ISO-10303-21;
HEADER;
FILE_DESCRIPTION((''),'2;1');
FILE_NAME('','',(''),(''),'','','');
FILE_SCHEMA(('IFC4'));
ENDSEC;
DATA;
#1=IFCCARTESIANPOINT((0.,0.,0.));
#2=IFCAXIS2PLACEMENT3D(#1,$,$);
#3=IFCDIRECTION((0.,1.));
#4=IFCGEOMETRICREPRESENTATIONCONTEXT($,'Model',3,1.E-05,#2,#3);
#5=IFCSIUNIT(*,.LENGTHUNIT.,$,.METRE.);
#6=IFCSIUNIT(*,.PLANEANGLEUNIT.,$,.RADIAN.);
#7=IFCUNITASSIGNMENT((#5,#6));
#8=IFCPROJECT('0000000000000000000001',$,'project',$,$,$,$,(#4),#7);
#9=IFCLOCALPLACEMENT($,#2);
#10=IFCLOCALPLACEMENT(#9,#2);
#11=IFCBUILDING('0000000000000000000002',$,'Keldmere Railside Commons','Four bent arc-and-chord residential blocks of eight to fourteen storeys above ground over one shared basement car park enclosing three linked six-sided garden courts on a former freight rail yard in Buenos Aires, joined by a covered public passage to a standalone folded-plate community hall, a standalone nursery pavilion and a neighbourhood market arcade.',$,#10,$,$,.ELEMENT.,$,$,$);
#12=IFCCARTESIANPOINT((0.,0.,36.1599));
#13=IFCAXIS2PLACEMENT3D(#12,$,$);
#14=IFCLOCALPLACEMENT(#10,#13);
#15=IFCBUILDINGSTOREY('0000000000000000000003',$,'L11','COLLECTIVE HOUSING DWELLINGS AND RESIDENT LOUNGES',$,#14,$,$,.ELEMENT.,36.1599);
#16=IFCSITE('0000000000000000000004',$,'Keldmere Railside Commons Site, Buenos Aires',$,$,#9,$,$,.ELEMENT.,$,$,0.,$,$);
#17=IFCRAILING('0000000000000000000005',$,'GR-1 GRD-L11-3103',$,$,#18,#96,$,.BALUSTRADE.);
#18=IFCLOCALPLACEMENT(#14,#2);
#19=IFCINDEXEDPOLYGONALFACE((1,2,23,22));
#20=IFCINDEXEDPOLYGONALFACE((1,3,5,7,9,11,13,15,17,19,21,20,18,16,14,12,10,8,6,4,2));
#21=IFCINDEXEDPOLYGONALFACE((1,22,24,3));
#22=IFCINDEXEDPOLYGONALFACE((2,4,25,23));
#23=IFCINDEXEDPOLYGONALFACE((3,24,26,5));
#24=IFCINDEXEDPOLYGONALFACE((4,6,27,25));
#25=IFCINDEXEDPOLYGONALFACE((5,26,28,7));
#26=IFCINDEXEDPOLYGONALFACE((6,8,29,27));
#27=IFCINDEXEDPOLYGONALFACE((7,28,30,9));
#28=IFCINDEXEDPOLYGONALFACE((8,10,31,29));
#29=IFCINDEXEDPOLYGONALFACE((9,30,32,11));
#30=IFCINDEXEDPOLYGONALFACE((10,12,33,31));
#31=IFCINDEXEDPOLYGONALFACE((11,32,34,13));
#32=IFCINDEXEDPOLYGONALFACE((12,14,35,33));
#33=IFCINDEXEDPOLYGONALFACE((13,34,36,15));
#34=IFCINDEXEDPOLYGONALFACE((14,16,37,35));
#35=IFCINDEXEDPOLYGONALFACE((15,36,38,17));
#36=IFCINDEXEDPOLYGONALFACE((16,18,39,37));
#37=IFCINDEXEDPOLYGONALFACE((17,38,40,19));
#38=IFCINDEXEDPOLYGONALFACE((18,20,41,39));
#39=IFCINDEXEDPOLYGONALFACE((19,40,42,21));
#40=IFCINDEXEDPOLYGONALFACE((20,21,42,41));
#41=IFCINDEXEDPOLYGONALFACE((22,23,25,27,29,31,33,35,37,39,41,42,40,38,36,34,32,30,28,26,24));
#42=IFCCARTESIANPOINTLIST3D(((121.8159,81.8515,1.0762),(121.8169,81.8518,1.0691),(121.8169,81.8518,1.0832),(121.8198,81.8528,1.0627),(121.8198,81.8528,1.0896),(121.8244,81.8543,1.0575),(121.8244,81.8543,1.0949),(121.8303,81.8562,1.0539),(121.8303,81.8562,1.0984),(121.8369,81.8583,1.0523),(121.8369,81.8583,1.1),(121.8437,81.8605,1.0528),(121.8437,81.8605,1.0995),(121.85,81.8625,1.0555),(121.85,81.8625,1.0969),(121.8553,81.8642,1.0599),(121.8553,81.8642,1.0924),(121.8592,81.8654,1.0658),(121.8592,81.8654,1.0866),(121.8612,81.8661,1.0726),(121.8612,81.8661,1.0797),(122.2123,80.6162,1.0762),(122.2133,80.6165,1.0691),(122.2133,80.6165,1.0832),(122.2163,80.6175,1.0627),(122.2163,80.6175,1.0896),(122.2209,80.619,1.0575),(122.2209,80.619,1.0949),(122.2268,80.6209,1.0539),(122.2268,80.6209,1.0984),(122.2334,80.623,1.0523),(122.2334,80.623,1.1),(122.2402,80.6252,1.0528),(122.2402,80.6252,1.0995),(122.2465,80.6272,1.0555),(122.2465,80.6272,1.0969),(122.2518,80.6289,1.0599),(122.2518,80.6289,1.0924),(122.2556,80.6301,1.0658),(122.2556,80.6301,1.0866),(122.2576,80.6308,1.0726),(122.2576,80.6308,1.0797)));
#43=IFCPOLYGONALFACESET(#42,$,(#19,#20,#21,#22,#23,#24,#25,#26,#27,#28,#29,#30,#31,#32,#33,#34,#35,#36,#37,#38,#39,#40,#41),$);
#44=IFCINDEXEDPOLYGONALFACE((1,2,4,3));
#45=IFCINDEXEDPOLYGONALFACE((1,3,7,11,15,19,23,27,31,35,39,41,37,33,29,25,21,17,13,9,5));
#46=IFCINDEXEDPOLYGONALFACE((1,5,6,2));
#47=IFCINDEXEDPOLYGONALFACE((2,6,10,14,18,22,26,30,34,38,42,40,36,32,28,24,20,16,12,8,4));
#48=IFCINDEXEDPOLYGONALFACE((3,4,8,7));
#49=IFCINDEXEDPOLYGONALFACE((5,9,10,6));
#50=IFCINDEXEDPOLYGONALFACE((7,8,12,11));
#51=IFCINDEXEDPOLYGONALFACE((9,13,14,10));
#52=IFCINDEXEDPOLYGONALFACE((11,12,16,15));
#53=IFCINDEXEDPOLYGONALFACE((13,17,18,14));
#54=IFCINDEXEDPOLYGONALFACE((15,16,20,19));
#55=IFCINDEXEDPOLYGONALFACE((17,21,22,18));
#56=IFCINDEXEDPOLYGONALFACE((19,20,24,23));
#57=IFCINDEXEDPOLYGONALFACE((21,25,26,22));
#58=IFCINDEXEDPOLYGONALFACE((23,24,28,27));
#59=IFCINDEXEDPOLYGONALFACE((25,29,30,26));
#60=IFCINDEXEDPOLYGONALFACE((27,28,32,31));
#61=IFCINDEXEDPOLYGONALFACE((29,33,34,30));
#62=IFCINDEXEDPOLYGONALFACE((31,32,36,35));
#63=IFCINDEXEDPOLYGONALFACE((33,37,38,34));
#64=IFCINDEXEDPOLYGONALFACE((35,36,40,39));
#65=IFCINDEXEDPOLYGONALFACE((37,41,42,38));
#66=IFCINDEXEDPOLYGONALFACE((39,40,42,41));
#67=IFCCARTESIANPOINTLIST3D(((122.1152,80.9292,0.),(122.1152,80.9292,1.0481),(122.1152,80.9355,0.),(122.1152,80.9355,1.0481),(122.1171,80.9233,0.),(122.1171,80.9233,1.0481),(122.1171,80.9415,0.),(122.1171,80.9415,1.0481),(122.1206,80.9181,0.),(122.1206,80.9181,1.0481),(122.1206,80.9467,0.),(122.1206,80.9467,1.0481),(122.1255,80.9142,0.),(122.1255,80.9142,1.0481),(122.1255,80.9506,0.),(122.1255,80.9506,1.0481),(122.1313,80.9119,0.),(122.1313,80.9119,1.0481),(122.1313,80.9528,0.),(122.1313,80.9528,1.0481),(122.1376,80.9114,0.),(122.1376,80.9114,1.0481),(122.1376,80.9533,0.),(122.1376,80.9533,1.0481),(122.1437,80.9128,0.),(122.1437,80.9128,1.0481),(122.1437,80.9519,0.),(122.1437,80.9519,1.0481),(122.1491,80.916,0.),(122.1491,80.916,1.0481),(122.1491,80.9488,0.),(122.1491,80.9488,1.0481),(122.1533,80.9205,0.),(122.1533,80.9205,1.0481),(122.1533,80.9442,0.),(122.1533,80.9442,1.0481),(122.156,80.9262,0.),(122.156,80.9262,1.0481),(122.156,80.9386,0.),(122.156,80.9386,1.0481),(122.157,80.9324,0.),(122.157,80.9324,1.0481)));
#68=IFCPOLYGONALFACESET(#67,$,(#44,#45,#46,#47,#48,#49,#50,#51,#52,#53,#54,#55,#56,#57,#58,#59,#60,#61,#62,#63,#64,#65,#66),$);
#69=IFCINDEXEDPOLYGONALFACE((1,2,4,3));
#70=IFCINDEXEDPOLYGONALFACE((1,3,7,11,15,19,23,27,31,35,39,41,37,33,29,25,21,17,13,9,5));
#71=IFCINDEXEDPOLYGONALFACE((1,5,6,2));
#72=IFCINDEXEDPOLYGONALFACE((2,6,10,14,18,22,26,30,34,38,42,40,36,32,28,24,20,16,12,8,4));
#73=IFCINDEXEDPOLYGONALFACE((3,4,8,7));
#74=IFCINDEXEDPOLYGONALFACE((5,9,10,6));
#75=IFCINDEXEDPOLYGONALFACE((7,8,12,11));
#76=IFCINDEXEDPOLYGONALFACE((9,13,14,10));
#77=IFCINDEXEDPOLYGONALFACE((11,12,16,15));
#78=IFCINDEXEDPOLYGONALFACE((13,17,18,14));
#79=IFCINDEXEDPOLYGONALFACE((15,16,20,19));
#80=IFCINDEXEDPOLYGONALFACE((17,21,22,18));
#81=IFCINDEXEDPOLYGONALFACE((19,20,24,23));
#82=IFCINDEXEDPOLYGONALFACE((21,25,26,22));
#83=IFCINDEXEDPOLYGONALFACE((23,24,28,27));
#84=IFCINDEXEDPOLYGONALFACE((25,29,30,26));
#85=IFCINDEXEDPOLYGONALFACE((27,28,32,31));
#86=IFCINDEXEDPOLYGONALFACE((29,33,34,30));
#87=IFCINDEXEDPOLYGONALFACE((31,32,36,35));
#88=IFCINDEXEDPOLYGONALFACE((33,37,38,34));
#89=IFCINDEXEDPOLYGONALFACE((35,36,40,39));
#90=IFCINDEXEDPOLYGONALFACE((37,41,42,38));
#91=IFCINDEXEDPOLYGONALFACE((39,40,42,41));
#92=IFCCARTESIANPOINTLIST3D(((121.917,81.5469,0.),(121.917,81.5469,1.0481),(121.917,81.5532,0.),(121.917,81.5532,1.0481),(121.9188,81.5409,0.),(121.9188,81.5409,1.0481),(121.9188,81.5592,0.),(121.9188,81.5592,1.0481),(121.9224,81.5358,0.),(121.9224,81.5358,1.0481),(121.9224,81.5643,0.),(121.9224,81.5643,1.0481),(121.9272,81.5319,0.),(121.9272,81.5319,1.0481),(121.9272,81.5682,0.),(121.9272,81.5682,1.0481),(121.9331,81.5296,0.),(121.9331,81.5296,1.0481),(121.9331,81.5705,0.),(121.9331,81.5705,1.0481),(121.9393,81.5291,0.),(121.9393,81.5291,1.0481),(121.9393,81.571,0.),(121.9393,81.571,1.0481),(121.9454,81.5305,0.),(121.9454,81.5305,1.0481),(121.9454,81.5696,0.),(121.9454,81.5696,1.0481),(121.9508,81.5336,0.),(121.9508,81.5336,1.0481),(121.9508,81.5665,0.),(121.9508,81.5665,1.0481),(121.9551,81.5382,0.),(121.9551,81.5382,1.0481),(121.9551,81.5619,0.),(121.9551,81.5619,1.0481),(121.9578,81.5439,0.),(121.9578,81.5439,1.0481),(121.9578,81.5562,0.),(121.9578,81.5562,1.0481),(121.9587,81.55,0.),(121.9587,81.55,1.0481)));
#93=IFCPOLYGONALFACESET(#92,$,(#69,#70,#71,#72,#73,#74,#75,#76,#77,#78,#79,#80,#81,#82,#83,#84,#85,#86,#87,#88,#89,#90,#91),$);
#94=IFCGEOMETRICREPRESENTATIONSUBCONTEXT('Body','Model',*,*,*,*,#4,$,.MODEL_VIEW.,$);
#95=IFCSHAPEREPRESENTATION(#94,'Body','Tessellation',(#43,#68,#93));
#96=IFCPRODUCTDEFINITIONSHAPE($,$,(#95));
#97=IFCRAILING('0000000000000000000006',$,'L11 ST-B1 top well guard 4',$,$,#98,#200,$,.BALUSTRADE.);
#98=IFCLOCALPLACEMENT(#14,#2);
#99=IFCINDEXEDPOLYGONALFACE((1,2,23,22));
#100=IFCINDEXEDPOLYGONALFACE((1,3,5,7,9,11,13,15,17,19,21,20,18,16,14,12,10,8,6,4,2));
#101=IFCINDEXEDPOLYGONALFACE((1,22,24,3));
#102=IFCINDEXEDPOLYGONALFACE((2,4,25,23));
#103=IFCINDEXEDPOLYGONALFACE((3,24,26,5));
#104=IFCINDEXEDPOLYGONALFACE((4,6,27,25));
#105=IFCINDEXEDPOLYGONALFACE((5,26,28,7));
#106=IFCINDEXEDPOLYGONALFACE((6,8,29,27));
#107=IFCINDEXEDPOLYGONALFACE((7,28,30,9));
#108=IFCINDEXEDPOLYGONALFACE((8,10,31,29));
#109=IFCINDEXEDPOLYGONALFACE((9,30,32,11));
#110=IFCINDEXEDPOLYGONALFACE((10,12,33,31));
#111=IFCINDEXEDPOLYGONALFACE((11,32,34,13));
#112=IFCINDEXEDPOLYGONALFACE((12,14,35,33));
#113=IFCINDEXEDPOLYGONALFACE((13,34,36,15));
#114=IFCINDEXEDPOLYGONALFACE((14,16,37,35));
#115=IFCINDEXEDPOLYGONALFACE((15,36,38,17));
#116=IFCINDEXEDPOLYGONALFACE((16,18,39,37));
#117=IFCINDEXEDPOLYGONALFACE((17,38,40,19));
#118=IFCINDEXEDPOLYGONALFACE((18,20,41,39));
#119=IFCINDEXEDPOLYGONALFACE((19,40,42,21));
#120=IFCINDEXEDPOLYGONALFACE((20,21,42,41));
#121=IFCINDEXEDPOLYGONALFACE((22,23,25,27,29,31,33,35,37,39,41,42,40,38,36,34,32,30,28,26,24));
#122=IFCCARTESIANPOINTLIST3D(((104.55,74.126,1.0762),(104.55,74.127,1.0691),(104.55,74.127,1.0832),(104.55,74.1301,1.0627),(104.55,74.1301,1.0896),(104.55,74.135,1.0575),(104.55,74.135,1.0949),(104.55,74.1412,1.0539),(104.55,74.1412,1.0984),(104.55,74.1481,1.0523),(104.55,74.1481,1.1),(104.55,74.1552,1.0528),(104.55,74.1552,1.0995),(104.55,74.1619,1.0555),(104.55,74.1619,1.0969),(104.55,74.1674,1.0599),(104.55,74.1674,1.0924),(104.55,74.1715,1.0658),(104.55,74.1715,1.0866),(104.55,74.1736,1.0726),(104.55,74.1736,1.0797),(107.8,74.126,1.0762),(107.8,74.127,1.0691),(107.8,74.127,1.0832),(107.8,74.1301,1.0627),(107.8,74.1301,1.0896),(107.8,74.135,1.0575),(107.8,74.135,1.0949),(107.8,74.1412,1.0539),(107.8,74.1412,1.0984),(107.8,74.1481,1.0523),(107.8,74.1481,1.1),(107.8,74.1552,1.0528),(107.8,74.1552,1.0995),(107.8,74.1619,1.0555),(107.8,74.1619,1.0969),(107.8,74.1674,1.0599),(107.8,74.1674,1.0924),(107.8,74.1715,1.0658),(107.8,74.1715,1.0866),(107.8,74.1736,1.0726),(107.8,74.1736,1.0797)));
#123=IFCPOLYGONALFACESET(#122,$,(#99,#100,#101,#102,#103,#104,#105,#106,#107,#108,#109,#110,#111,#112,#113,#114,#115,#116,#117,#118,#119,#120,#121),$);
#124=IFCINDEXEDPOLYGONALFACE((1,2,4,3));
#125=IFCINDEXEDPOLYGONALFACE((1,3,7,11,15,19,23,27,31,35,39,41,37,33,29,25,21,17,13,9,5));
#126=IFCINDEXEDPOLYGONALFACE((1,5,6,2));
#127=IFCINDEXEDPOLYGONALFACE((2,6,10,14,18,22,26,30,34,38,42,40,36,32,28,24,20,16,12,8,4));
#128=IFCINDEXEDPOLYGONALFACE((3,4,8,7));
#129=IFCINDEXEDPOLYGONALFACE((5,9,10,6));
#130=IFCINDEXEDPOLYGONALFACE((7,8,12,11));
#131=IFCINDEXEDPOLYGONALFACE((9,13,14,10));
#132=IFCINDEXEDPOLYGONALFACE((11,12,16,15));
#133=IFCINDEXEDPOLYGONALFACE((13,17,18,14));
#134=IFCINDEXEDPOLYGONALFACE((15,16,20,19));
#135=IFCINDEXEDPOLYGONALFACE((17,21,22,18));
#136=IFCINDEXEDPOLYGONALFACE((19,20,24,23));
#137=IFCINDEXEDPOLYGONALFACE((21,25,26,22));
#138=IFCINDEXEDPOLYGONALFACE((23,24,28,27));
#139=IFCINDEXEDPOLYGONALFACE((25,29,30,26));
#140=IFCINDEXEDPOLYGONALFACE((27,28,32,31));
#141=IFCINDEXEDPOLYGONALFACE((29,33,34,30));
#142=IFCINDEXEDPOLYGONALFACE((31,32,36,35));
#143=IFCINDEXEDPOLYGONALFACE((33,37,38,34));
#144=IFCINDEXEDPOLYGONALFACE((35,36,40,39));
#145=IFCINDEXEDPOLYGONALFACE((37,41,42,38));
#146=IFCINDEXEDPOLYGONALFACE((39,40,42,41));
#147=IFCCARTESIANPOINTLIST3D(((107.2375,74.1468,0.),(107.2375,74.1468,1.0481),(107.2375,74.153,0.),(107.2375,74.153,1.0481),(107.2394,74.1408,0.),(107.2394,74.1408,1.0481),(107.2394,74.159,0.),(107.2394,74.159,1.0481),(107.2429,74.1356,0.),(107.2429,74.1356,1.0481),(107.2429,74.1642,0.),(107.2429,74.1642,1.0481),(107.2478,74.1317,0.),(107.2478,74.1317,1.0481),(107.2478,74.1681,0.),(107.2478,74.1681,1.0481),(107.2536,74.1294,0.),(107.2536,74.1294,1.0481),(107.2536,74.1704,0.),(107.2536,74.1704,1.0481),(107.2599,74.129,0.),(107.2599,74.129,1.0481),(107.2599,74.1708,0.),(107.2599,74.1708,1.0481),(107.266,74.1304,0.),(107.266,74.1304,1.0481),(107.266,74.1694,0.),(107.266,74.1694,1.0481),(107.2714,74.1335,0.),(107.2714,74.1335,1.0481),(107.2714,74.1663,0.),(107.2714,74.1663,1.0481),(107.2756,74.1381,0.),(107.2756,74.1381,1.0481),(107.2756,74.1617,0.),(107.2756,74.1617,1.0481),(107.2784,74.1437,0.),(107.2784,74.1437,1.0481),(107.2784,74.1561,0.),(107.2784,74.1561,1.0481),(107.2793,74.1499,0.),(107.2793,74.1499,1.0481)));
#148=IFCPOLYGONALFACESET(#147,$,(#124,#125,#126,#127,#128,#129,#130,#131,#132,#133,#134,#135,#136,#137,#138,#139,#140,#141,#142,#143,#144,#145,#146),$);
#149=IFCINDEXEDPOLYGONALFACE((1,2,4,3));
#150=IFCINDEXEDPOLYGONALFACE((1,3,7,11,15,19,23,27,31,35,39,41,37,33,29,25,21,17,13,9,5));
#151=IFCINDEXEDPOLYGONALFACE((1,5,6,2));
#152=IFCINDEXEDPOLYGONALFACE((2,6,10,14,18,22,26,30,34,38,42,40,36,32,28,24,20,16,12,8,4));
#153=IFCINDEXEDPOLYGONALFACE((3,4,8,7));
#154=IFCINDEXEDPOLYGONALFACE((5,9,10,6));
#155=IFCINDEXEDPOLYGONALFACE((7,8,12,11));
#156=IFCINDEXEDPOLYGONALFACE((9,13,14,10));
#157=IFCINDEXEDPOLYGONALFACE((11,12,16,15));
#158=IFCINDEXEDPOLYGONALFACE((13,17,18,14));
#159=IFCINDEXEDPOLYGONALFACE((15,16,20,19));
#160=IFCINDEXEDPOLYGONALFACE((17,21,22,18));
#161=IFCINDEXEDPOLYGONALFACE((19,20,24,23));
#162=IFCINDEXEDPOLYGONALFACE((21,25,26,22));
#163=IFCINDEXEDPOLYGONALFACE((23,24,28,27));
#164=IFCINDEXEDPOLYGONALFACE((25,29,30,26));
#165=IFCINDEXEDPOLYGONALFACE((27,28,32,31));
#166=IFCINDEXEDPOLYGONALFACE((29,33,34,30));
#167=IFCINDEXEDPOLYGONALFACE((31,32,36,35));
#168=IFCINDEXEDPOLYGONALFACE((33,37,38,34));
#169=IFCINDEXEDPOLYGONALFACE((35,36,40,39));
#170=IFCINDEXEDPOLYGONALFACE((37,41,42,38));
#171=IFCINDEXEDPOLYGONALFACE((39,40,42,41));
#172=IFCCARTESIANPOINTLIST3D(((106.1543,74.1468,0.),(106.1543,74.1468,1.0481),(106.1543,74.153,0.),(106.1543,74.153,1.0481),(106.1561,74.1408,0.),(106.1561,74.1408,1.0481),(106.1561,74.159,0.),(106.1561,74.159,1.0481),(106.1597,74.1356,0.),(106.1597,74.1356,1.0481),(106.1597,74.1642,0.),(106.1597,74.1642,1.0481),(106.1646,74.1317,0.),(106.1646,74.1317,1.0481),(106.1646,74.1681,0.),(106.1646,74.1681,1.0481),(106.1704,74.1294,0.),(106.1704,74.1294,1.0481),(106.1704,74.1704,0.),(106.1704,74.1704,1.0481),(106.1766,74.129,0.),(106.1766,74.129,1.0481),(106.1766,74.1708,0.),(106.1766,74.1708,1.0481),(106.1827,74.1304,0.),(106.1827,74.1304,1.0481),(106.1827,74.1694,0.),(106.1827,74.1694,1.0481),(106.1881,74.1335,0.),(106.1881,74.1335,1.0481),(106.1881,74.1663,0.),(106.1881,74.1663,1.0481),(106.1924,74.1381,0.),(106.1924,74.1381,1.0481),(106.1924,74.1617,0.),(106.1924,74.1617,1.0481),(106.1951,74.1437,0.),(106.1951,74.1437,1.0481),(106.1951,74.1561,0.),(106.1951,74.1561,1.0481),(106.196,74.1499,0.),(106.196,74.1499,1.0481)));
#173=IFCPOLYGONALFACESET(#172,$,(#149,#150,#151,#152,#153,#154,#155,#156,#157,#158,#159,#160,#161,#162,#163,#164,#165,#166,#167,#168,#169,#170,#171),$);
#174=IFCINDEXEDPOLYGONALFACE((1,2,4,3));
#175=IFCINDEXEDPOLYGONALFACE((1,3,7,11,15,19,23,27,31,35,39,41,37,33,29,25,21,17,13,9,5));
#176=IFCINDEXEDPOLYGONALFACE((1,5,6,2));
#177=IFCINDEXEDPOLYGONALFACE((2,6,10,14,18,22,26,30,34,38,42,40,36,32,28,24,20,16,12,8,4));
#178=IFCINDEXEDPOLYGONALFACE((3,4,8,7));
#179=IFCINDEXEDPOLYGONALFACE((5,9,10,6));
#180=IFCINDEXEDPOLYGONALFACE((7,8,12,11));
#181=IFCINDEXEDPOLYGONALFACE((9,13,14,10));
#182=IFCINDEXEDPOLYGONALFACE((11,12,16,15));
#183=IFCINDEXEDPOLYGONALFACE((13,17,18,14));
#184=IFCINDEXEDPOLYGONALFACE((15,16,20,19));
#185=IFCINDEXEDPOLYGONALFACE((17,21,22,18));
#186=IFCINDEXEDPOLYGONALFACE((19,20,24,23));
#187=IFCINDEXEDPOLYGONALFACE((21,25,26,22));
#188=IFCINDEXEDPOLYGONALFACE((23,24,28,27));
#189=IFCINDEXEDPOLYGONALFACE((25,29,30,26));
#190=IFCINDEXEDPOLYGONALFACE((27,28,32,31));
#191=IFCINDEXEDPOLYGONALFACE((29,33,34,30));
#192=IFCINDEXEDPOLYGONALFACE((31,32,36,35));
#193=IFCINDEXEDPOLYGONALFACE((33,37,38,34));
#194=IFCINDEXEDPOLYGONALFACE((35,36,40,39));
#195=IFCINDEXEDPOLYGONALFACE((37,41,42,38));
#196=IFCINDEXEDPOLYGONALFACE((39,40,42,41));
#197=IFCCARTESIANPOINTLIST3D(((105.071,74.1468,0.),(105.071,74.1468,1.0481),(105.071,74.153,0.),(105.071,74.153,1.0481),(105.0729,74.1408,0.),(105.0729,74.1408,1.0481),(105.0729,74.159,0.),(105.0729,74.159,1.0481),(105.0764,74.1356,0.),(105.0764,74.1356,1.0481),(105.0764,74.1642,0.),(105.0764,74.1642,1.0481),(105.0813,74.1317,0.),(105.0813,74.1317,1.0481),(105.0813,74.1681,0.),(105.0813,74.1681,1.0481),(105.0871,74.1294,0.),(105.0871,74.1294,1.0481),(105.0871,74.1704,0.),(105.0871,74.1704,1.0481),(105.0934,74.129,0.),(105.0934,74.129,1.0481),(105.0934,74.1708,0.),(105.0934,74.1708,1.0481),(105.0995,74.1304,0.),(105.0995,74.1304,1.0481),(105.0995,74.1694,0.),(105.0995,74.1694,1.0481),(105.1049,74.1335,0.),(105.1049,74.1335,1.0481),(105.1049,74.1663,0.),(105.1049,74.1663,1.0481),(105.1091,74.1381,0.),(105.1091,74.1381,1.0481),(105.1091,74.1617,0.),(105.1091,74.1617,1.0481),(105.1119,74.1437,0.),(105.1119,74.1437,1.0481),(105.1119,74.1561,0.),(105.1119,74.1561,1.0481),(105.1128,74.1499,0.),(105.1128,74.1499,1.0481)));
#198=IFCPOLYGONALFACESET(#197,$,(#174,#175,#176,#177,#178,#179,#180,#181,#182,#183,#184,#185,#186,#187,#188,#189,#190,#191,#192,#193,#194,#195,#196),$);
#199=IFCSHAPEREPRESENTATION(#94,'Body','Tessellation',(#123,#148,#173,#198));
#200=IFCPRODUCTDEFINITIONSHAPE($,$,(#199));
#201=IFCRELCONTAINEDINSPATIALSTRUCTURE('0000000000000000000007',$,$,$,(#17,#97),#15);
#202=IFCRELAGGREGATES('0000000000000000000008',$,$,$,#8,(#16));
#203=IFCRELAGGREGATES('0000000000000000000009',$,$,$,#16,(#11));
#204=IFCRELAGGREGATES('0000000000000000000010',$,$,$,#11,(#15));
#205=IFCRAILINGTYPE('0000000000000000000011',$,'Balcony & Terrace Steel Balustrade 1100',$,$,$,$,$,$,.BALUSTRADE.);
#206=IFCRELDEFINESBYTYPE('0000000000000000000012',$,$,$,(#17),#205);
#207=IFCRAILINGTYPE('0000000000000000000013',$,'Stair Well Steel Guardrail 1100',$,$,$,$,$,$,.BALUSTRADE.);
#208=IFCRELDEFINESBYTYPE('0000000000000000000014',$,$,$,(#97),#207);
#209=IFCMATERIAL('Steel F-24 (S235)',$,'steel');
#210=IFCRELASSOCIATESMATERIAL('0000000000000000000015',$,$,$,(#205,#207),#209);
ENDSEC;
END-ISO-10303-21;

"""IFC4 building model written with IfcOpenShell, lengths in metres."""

from ifc_helpers import new_model, si_unit, direction, frame, origin, origin_2d, place, context, subcontext, project, spatial, circle, extrude, material, type_object, element, save


model = new_model("IFC4")

# Units and contexts
model_context = context("Model", 3, precision=1e-05, world=origin(), true_north=direction((0.0, 1.0)))
body_context = subcontext(model_context, "Body", "Model", "MODEL_VIEW")
ifc_project = project(units=[si_unit("LENGTHUNIT", "METRE"), si_unit("PLANEANGLEUNIT", "RADIAN")], contexts=[model_context])

# Site, building, storey
site_placement = place(None, origin())
site = spatial("IfcSite", under=ifc_project, at=site_placement, Name="Keldmere Railside Commons Site, Buenos Aires", CompositionType="ELEMENT", RefElevation=0.0)
building_placement = place(site_placement, origin())
building = spatial("IfcBuilding", under=site, at=building_placement, Name="Keldmere Railside Commons", Description="Four bent arc-and-chord residential blocks of eight to fourteen storeys above ground over one shared basement car park enclosing three linked six-sided garden courts on a former freight rail yard in Buenos Aires, joined by a covered public passage to a standalone folded-plate community hall, a standalone nursery pavilion and a neighbourhood market arcade.", CompositionType="ELEMENT")
storey_placement = place(building_placement, frame((0.0, 0.0, 36.1599)))
storey = spatial("IfcBuildingStorey", under=building, at=storey_placement, Name="L11", Description="COLLECTIVE HOUSING DWELLINGS AND RESIDENT LOUNGES", CompositionType="ELEMENT", Elevation=36.1599)

# Shared definitions
ifc_material_1 = material(Name="Steel F-24 (S235)", Category="steel")

# Railings
railing_type_1 = type_object("IfcRailingType", Name="Balcony & Terrace Steel Balustrade 1100", PredefinedType="BALUSTRADE", material=ifc_material_1)
railing_1_placement = place(storey_placement, frame((122.2351, 80.6235, 0.0)))
element("IfcRailing", 1, at=railing_1_placement, inside=storey, type_object=railing_type_1, Name="GR-1 GRD-L11-3103", PredefinedType="BALUSTRADE", context=body_context, shape_type="SweptSolid", body=[
    extrude(circle(Radius=0.0239, at=origin_2d()), frame((0.0, 0.0, 1.0762), z_axis=(-0.305595, 0.952162, 0.0), x_axis=(-0.952162, -0.305595, 0.0)), (0.0, 0.0, 1.0), 1.2974),
    extrude(circle(Radius=0.021, at=origin_2d()), frame((-0.0991, 0.3088, 0.0)), (0.0, 0.0, 1.0), 1.0481),
    extrude(circle(Radius=0.021, at=origin_2d()), frame((-0.2974, 0.9265, 0.0)), (0.0, 0.0, 1.0), 1.0481),
])
railing_type_2 = type_object("IfcRailingType", Name="Stair Well Steel Guardrail 1100", PredefinedType="BALUSTRADE", material=ifc_material_1)
railing_2_placement = place(storey_placement, frame((107.8, 74.1499, 0.0)))
element("IfcRailing", 2, at=railing_2_placement, inside=storey, type_object=railing_type_2, Name="L11 ST-B1 top well guard 4", PredefinedType="BALUSTRADE", context=body_context, shape_type="SweptSolid", body=[
    extrude(circle(Radius=0.0239, at=origin_2d()), frame((0.0, 0.0, 1.0762), z_axis=(-1.0, 0.0, 0.0), x_axis=(0.0, -1.0, 0.0)), (0.0, 0.0, 1.0), 3.25),
    extrude(circle(Radius=0.021, at=origin_2d()), frame((-0.5417, 0.0, 0.0)), (0.0, 0.0, 1.0), 1.0481),
    extrude(circle(Radius=0.021, at=origin_2d()), frame((-1.625, 0.0, 0.0)), (0.0, 0.0, 1.0), 1.0481),
    extrude(circle(Radius=0.021, at=origin_2d()), frame((-2.7083, 0.0, 0.0)), (0.0, 0.0, 1.0), 1.0481),
])

save(model, "model.ifc")
